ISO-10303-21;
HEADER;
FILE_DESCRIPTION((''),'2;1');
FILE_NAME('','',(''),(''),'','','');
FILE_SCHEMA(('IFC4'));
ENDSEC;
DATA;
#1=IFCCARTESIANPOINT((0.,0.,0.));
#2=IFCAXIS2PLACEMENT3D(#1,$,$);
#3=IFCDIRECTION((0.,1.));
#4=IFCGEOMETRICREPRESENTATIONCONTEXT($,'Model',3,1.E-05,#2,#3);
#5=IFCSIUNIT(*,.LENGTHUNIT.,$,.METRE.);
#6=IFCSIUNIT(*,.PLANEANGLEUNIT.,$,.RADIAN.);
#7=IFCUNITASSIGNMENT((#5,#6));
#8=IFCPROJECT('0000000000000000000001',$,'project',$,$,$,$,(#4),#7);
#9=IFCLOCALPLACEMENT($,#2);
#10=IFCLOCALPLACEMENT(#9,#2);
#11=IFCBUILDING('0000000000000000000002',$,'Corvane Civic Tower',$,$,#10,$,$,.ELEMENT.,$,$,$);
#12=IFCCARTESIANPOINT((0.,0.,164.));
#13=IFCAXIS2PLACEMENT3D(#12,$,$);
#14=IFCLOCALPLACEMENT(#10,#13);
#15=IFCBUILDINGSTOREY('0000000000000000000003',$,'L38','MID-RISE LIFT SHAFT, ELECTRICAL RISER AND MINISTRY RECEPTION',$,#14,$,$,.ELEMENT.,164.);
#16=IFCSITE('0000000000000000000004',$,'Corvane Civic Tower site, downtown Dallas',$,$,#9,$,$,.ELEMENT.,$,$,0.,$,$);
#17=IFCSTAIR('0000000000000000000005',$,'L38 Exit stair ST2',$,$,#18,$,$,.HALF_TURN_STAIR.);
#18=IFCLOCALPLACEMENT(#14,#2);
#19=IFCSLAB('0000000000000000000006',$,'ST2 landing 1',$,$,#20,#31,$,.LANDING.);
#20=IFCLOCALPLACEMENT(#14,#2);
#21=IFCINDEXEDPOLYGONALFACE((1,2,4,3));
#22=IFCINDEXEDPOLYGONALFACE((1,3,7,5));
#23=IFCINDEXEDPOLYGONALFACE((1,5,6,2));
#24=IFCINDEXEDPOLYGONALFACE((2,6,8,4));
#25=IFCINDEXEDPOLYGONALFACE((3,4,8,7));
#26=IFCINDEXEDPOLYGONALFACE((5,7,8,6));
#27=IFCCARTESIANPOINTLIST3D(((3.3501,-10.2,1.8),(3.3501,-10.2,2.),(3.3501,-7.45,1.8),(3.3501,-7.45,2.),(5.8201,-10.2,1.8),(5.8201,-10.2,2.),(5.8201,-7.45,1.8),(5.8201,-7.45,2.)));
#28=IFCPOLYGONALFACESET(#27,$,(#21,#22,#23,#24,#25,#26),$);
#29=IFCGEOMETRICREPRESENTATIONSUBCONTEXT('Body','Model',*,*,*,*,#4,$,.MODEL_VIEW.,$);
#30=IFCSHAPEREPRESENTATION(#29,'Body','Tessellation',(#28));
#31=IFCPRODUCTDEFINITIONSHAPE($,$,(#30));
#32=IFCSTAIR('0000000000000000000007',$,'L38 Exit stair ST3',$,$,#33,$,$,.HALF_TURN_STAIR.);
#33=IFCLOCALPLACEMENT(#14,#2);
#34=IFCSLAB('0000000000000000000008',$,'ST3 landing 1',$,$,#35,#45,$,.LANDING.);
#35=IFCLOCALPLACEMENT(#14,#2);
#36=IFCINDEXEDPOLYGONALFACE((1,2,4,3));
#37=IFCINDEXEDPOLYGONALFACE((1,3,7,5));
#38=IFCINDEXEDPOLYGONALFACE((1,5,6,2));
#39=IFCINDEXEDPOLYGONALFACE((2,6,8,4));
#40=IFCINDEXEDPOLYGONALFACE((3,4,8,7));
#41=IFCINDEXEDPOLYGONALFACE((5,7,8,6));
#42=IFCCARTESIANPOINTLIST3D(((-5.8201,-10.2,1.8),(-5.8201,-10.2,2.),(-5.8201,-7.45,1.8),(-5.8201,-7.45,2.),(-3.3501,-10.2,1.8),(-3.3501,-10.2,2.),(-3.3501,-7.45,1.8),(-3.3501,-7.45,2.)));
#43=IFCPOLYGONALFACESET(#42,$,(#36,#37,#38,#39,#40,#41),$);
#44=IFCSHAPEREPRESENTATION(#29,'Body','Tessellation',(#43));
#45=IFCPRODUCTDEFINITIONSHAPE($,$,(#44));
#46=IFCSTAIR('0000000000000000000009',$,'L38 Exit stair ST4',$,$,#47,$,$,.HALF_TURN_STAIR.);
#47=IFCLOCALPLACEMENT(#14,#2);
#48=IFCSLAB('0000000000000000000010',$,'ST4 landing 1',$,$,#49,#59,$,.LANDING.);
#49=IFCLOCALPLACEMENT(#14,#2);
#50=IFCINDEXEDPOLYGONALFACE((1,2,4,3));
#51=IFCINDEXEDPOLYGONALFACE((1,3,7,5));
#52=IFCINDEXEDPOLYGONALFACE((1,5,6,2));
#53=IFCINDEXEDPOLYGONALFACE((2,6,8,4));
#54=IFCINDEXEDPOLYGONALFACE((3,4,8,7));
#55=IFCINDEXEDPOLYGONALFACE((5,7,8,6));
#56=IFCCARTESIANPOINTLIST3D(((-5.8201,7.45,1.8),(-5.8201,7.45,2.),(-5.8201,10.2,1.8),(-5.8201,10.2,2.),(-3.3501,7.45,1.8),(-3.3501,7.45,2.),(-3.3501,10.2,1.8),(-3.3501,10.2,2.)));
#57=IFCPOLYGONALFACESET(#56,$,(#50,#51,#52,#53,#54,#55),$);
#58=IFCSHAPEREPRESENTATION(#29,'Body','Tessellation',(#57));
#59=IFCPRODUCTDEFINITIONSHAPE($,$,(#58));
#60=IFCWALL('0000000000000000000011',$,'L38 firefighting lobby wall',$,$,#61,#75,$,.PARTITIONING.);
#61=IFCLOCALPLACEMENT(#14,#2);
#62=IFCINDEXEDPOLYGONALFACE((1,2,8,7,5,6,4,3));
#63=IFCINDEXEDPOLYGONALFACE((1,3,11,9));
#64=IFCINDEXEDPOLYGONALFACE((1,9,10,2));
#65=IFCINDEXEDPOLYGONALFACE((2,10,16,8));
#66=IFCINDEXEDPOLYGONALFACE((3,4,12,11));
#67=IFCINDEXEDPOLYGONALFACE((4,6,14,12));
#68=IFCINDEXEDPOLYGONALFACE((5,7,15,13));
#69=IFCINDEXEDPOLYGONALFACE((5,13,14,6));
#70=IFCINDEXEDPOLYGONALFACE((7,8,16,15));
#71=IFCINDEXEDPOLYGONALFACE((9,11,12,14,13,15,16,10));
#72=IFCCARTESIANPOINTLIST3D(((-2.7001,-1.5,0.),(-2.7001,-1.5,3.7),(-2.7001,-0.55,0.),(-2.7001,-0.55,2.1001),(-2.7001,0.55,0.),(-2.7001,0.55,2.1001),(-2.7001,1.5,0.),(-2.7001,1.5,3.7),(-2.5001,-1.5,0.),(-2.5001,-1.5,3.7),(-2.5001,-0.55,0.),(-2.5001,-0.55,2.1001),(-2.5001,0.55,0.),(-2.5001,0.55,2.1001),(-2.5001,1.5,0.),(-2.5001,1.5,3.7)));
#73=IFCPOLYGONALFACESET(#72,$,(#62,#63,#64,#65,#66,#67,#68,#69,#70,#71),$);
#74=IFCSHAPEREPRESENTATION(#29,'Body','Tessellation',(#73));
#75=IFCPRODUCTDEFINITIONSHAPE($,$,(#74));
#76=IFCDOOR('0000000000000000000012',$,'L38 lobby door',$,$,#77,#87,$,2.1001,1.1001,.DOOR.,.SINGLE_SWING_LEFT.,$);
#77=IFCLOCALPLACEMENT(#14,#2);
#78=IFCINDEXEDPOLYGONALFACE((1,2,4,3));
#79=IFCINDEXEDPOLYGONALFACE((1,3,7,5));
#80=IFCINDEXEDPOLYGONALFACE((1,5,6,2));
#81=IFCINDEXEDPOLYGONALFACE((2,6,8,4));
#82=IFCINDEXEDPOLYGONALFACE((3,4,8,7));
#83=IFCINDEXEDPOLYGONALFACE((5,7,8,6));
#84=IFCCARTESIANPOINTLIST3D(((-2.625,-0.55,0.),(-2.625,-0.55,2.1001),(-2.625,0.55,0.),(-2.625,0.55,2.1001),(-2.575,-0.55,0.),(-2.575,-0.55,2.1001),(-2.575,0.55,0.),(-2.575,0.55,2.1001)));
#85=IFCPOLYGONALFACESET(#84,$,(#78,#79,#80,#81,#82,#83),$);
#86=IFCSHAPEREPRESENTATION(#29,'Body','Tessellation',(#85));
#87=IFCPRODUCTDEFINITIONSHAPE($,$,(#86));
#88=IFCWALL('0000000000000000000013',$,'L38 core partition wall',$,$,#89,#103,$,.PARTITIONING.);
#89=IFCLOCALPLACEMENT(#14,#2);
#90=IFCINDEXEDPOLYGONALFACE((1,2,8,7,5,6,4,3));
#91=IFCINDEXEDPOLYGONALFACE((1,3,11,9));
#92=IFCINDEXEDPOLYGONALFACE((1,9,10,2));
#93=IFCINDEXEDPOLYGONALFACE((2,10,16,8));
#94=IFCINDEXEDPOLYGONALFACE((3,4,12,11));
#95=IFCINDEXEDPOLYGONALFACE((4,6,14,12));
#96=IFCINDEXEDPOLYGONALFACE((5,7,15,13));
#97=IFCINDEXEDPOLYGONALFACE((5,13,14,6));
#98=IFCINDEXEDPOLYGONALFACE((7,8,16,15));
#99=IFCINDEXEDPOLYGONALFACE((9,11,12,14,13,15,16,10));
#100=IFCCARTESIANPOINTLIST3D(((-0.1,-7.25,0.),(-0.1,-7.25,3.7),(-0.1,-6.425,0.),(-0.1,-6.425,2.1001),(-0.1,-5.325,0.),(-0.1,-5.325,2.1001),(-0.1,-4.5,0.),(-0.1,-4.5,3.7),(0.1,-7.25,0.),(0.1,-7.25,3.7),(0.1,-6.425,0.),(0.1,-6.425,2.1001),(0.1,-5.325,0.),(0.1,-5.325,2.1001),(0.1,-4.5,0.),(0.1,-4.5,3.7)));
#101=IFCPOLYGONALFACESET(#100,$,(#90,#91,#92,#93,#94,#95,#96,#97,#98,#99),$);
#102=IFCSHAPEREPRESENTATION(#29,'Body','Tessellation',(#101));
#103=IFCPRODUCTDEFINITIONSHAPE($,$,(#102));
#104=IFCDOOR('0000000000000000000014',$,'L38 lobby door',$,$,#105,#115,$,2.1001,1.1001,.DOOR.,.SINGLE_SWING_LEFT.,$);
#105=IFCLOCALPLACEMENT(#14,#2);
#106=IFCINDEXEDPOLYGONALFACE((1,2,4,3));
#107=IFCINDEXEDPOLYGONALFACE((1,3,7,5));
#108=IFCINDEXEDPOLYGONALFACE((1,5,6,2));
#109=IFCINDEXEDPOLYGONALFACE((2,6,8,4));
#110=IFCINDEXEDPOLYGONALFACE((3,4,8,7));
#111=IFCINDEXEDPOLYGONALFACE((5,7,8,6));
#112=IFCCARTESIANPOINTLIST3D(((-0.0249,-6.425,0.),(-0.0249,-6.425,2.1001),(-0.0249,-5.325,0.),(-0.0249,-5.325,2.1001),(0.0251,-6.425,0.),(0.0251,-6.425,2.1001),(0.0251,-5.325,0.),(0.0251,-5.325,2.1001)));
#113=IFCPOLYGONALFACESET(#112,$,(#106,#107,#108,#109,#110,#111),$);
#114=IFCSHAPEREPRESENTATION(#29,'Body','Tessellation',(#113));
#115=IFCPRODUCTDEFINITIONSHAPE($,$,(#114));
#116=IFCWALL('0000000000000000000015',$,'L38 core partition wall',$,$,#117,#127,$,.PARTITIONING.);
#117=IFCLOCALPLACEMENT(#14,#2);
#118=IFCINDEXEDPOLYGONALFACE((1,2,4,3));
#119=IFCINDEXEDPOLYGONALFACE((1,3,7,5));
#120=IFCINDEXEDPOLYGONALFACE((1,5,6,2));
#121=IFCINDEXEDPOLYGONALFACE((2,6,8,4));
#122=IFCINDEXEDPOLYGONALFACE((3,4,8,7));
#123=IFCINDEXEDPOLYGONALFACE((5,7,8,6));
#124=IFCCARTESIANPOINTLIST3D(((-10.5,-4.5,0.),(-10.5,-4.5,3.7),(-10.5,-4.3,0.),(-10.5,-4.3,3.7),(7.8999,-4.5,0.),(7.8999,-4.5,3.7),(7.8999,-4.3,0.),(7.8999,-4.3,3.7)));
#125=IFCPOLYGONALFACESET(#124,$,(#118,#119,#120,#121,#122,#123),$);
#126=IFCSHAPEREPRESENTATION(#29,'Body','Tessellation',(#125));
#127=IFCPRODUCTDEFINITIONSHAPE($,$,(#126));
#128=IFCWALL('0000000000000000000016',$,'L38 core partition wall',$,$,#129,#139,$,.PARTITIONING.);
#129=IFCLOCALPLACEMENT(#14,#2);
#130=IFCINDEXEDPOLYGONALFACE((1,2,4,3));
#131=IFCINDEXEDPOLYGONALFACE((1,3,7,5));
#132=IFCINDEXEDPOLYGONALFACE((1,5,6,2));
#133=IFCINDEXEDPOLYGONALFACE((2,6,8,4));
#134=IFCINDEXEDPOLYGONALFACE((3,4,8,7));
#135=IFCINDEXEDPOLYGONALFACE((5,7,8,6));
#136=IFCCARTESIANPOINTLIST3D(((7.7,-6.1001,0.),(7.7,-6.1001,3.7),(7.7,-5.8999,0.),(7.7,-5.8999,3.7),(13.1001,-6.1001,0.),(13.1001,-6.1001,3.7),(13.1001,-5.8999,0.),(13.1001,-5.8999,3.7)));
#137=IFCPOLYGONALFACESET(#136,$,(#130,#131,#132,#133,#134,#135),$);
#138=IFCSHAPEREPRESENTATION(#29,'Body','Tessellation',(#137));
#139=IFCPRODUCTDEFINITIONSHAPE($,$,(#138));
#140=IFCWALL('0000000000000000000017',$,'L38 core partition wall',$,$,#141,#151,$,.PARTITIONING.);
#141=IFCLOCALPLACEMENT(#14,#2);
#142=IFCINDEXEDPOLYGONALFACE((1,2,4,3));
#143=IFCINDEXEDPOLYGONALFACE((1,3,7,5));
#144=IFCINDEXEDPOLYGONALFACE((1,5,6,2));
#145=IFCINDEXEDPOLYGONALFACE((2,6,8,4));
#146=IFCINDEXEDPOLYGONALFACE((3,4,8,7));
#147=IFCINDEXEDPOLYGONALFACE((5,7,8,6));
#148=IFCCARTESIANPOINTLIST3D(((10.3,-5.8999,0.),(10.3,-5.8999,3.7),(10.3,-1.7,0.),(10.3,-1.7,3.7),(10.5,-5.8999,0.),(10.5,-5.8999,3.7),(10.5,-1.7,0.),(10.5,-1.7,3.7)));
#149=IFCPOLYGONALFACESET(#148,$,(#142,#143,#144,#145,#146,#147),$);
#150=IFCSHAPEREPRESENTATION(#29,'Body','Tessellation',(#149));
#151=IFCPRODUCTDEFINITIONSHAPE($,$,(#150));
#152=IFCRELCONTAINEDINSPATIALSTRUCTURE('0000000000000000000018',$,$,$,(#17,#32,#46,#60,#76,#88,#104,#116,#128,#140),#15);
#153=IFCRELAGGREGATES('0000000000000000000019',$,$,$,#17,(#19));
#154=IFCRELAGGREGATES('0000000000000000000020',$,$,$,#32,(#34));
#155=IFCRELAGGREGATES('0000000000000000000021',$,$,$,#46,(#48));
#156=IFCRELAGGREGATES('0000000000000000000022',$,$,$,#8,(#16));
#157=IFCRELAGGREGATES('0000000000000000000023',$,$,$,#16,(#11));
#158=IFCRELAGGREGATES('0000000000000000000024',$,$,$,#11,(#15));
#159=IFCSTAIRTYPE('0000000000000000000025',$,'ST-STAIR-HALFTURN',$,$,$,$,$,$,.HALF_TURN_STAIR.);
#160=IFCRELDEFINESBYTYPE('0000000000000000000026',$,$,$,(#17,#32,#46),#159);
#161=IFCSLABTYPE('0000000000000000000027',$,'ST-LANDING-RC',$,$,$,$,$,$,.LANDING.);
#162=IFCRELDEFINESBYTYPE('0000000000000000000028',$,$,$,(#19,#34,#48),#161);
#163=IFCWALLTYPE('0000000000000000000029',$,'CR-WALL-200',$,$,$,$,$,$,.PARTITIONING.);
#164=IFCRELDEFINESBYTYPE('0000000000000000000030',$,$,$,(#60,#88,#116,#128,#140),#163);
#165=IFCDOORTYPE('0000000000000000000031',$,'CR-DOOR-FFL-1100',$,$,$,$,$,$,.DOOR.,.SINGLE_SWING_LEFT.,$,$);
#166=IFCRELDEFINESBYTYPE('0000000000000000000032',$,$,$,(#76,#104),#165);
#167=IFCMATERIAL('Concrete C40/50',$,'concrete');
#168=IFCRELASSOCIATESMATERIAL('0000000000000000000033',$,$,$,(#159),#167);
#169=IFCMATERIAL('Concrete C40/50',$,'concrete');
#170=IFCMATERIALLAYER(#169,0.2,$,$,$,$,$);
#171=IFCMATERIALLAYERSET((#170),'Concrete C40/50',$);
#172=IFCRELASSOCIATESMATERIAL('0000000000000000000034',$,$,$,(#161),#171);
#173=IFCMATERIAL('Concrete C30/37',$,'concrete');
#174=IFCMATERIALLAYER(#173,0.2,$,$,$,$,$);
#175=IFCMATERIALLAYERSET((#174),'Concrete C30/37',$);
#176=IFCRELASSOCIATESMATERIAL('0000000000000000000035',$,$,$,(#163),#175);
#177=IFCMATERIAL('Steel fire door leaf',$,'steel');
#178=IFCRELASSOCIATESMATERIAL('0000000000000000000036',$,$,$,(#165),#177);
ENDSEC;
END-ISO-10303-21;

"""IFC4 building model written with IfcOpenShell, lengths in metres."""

from ifc_helpers import new_model, si_unit, direction, frame, frame_2d, origin, place, context, subcontext, project, spatial, polyline, rectangle, outline, extrude, material, layer, layer_set, type_object, element, fill, aggregate, save


model = new_model("IFC4")

# Units and contexts
model_context = context("Model", 3, precision=1e-05, world=origin(), true_north=direction((0.0, 1.0)))
body_context = subcontext(model_context, "Body", "Model", "MODEL_VIEW")
ifc_project = project(units=[si_unit("LENGTHUNIT", "METRE"), si_unit("PLANEANGLEUNIT", "RADIAN")], contexts=[model_context])

# Site, building, storey
site_placement = place(None, origin())
site = spatial("IfcSite", under=ifc_project, at=site_placement, Name="Corvane Civic Tower site, downtown Dallas", CompositionType="ELEMENT", RefElevation=0.0)
building_placement = place(site_placement, origin())
building = spatial("IfcBuilding", under=site, at=building_placement, Name="Corvane Civic Tower", CompositionType="ELEMENT")
storey_placement = place(building_placement, frame((0.0, 0.0, 164.0)))
storey = spatial("IfcBuildingStorey", under=building, at=storey_placement, Name="L38", Description="MID-RISE LIFT SHAFT, ELECTRICAL RISER AND MINISTRY RECEPTION", CompositionType="ELEMENT", Elevation=164.0)

# Stairs, slabs
ifc_material_1 = material(Name="Concrete C40/50", Category="concrete")
stair_type = type_object("IfcStairType", Name="ST-STAIR-HALFTURN", PredefinedType="HALF_TURN_STAIR", material=ifc_material_1)
ifc_material_2 = material(Name="Concrete C40/50", Category="concrete")
ifc_layer_1 = layer(ifc_material_2, 0.2)
ifc_layer_set_1 = layer_set([ifc_layer_1], Name="Concrete C40/50")
slab_type_1 = type_object("IfcSlabType", Name="ST-LANDING-RC", PredefinedType="LANDING", material=ifc_layer_set_1)
stair_1_placement = place(storey_placement, origin())
stair_1 = element("IfcStair", 1, at=stair_1_placement, inside=storey, type_object=stair_type, Name="L38 Exit stair ST2", PredefinedType="HALF_TURN_STAIR")
slab_1_placement = place(storey_placement, frame((0.0, 0.0, 1.8)))
slab_1 = element("IfcSlab", 2, at=slab_1_placement, type_object=slab_type_1, Name="ST2 landing 1", PredefinedType="LANDING", context=body_context, shape_type="SweptSolid", body=[
    extrude(outline(polyline([(5.8201, -7.45), (3.3501, -7.45), (3.3501, -10.2), (5.8201, -10.2), (5.8201, -7.45)])), origin(), (0.0, 0.0, 1.0), 0.2),
])
aggregate(stair_1, [slab_1])
stair_2_placement = place(storey_placement, origin())
stair_2 = element("IfcStair", 3, at=stair_2_placement, inside=storey, type_object=stair_type, Name="L38 Exit stair ST3", PredefinedType="HALF_TURN_STAIR")
slab_2_placement = place(storey_placement, frame((0.0, 0.0, 1.8)))
slab_2 = element("IfcSlab", 4, at=slab_2_placement, type_object=slab_type_1, Name="ST3 landing 1", PredefinedType="LANDING", context=body_context, shape_type="SweptSolid", body=[
    extrude(outline(polyline([(-5.8201, -10.2), (-3.3501, -10.2), (-3.3501, -7.45), (-5.8201, -7.45), (-5.8201, -10.2)])), origin(), (0.0, 0.0, 1.0), 0.2),
])
aggregate(stair_2, [slab_2])
stair_3_placement = place(storey_placement, origin())
stair_3 = element("IfcStair", 5, at=stair_3_placement, inside=storey, type_object=stair_type, Name="L38 Exit stair ST4", PredefinedType="HALF_TURN_STAIR")
slab_3_placement = place(storey_placement, frame((0.0, 0.0, 1.8)))
slab_3 = element("IfcSlab", 6, at=slab_3_placement, type_object=slab_type_1, Name="ST4 landing 1", PredefinedType="LANDING", context=body_context, shape_type="SweptSolid", body=[
    extrude(outline(polyline([(-5.8201, 7.45), (-3.3501, 7.45), (-3.3501, 10.2), (-5.8201, 10.2), (-5.8201, 7.45)])), origin(), (0.0, 0.0, 1.0), 0.2),
])
aggregate(stair_3, [slab_3])

# Walls, openings, doors
ifc_material_3 = material(Name="Concrete C30/37", Category="concrete")
ifc_layer_2 = layer(ifc_material_3, 0.2)
ifc_layer_set_2 = layer_set([ifc_layer_2], Name="Concrete C30/37")
wall_type = type_object("IfcWallType", Name="CR-WALL-200", PredefinedType="PARTITIONING", material=ifc_layer_set_2)
wall_1_placement = place(storey_placement, frame((-2.6001, -1.5, 0.0), z_axis=(0.0, 0.0, 1.0), x_axis=(0.0, 1.0, 0.0)))
wall_1 = element("IfcWall", 7, at=wall_1_placement, inside=storey, type_object=wall_type, Name="L38 firefighting lobby wall", PredefinedType="PARTITIONING", context=body_context, shape_type="SweptSolid", body=[
    extrude(rectangle(XDim=3.0, YDim=0.2, at=frame_2d((1.5, 0.0))), origin(), (0.0, 0.0, 1.0), 3.7),
])
opening_1_placement = place(wall_1_placement, frame((0.95, 0.0, 0.0)))
opening_1 = element("IfcOpeningElement", 8, at=opening_1_placement, cuts=wall_1, PredefinedType="OPENING", context=body_context, shape_type="SweptSolid", body=[
    extrude(rectangle(XDim=1.1001, YDim=2.1001, at=frame_2d((0.55, 1.05))), frame((0.0, 0.1099, 0.0), z_axis=(0.0, -1.0, 0.0), x_axis=(1.0, 0.0, 0.0)), (0.0, 0.0, 1.0), 0.22),
])
ifc_material_4 = material(Name="Steel fire door leaf", Category="steel")
door_type = type_object("IfcDoorType", Name="CR-DOOR-FFL-1100", OperationType="SINGLE_SWING_LEFT", PredefinedType="DOOR", material=ifc_material_4)
door_1_placement = place(opening_1_placement, origin())
door_1 = element("IfcDoor", 9, at=door_1_placement, inside=storey, type_object=door_type, Name="L38 lobby door", OperationType="SINGLE_SWING_LEFT", OverallHeight=2.1001, OverallWidth=1.1001, PredefinedType="DOOR", context=body_context, shape_type="SweptSolid", body=[
    extrude(rectangle(XDim=1.1001, YDim=2.1001, at=frame_2d((0.55, 1.05))), frame((0.0, 0.0249, 0.0), z_axis=(0.0, -1.0, 0.0), x_axis=(1.0, 0.0, 0.0)), (0.0, 0.0, 1.0), 0.05),
])
fill(opening_1, door_1)
wall_2_placement = place(storey_placement, frame((0.0, -7.25, 0.0), z_axis=(0.0, 0.0, 1.0), x_axis=(0.0, 1.0, 0.0)))
wall_2 = element("IfcWall", 10, at=wall_2_placement, inside=storey, type_object=wall_type, Name="L38 core partition wall", PredefinedType="PARTITIONING", context=body_context, shape_type="SweptSolid", body=[
    extrude(rectangle(XDim=2.75, YDim=0.2, at=frame_2d((1.375, 0.0))), origin(), (0.0, 0.0, 1.0), 3.7),
])
opening_2_placement = place(wall_2_placement, frame((0.825, 0.0, 0.0)))
opening_2 = element("IfcOpeningElement", 11, at=opening_2_placement, cuts=wall_2, PredefinedType="OPENING", context=body_context, shape_type="SweptSolid", body=[
    extrude(rectangle(XDim=1.1001, YDim=2.1001, at=frame_2d((0.55, 1.05))), frame((0.0, 0.1099, 0.0), z_axis=(0.0, -1.0, 0.0), x_axis=(1.0, 0.0, 0.0)), (0.0, 0.0, 1.0), 0.22),
])
door_2_placement = place(opening_2_placement, origin())
door_2 = element("IfcDoor", 12, at=door_2_placement, inside=storey, type_object=door_type, Name="L38 lobby door", OperationType="SINGLE_SWING_LEFT", OverallHeight=2.1001, OverallWidth=1.1001, PredefinedType="DOOR", context=body_context, shape_type="SweptSolid", body=[
    extrude(rectangle(XDim=1.1001, YDim=2.1001, at=frame_2d((0.55, 1.05))), frame((0.0, 0.0249, 0.0), z_axis=(0.0, -1.0, 0.0), x_axis=(1.0, 0.0, 0.0)), (0.0, 0.0, 1.0), 0.05),
])
fill(opening_2, door_2)

# Walls
wall_3_placement = place(storey_placement, origin())
element("IfcWall", 13, at=wall_3_placement, inside=storey, type_object=wall_type, Name="L38 core partition wall", PredefinedType="PARTITIONING", context=body_context, shape_type="SweptSolid", body=[
    extrude(outline(polyline([(7.8999, -4.3), (7.8999, -4.5), (-10.5, -4.5), (-10.5, -4.3), (7.8999, -4.3)])), origin(), (0.0, 0.0, 1.0), 3.7),
])
wall_4_placement = place(storey_placement, origin())
element("IfcWall", 14, at=wall_4_placement, inside=storey, type_object=wall_type, Name="L38 core partition wall", PredefinedType="PARTITIONING", context=body_context, shape_type="SweptSolid", body=[
    extrude(outline(polyline([(13.1001, -6.1001), (7.7, -6.1001), (7.7, -5.8999), (13.1001, -5.8999), (13.1001, -6.1001)])), origin(), (0.0, 0.0, 1.0), 3.7),
])
wall_5_placement = place(storey_placement, origin())
element("IfcWall", 15, at=wall_5_placement, inside=storey, type_object=wall_type, Name="L38 core partition wall", PredefinedType="PARTITIONING", context=body_context, shape_type="SweptSolid", body=[
    extrude(outline(polyline([(10.5, -1.7), (10.5, -5.8999), (10.3, -5.8999), (10.3, -1.7), (10.5, -1.7)])), origin(), (0.0, 0.0, 1.0), 3.7),
])

save(model, "model.ifc")
